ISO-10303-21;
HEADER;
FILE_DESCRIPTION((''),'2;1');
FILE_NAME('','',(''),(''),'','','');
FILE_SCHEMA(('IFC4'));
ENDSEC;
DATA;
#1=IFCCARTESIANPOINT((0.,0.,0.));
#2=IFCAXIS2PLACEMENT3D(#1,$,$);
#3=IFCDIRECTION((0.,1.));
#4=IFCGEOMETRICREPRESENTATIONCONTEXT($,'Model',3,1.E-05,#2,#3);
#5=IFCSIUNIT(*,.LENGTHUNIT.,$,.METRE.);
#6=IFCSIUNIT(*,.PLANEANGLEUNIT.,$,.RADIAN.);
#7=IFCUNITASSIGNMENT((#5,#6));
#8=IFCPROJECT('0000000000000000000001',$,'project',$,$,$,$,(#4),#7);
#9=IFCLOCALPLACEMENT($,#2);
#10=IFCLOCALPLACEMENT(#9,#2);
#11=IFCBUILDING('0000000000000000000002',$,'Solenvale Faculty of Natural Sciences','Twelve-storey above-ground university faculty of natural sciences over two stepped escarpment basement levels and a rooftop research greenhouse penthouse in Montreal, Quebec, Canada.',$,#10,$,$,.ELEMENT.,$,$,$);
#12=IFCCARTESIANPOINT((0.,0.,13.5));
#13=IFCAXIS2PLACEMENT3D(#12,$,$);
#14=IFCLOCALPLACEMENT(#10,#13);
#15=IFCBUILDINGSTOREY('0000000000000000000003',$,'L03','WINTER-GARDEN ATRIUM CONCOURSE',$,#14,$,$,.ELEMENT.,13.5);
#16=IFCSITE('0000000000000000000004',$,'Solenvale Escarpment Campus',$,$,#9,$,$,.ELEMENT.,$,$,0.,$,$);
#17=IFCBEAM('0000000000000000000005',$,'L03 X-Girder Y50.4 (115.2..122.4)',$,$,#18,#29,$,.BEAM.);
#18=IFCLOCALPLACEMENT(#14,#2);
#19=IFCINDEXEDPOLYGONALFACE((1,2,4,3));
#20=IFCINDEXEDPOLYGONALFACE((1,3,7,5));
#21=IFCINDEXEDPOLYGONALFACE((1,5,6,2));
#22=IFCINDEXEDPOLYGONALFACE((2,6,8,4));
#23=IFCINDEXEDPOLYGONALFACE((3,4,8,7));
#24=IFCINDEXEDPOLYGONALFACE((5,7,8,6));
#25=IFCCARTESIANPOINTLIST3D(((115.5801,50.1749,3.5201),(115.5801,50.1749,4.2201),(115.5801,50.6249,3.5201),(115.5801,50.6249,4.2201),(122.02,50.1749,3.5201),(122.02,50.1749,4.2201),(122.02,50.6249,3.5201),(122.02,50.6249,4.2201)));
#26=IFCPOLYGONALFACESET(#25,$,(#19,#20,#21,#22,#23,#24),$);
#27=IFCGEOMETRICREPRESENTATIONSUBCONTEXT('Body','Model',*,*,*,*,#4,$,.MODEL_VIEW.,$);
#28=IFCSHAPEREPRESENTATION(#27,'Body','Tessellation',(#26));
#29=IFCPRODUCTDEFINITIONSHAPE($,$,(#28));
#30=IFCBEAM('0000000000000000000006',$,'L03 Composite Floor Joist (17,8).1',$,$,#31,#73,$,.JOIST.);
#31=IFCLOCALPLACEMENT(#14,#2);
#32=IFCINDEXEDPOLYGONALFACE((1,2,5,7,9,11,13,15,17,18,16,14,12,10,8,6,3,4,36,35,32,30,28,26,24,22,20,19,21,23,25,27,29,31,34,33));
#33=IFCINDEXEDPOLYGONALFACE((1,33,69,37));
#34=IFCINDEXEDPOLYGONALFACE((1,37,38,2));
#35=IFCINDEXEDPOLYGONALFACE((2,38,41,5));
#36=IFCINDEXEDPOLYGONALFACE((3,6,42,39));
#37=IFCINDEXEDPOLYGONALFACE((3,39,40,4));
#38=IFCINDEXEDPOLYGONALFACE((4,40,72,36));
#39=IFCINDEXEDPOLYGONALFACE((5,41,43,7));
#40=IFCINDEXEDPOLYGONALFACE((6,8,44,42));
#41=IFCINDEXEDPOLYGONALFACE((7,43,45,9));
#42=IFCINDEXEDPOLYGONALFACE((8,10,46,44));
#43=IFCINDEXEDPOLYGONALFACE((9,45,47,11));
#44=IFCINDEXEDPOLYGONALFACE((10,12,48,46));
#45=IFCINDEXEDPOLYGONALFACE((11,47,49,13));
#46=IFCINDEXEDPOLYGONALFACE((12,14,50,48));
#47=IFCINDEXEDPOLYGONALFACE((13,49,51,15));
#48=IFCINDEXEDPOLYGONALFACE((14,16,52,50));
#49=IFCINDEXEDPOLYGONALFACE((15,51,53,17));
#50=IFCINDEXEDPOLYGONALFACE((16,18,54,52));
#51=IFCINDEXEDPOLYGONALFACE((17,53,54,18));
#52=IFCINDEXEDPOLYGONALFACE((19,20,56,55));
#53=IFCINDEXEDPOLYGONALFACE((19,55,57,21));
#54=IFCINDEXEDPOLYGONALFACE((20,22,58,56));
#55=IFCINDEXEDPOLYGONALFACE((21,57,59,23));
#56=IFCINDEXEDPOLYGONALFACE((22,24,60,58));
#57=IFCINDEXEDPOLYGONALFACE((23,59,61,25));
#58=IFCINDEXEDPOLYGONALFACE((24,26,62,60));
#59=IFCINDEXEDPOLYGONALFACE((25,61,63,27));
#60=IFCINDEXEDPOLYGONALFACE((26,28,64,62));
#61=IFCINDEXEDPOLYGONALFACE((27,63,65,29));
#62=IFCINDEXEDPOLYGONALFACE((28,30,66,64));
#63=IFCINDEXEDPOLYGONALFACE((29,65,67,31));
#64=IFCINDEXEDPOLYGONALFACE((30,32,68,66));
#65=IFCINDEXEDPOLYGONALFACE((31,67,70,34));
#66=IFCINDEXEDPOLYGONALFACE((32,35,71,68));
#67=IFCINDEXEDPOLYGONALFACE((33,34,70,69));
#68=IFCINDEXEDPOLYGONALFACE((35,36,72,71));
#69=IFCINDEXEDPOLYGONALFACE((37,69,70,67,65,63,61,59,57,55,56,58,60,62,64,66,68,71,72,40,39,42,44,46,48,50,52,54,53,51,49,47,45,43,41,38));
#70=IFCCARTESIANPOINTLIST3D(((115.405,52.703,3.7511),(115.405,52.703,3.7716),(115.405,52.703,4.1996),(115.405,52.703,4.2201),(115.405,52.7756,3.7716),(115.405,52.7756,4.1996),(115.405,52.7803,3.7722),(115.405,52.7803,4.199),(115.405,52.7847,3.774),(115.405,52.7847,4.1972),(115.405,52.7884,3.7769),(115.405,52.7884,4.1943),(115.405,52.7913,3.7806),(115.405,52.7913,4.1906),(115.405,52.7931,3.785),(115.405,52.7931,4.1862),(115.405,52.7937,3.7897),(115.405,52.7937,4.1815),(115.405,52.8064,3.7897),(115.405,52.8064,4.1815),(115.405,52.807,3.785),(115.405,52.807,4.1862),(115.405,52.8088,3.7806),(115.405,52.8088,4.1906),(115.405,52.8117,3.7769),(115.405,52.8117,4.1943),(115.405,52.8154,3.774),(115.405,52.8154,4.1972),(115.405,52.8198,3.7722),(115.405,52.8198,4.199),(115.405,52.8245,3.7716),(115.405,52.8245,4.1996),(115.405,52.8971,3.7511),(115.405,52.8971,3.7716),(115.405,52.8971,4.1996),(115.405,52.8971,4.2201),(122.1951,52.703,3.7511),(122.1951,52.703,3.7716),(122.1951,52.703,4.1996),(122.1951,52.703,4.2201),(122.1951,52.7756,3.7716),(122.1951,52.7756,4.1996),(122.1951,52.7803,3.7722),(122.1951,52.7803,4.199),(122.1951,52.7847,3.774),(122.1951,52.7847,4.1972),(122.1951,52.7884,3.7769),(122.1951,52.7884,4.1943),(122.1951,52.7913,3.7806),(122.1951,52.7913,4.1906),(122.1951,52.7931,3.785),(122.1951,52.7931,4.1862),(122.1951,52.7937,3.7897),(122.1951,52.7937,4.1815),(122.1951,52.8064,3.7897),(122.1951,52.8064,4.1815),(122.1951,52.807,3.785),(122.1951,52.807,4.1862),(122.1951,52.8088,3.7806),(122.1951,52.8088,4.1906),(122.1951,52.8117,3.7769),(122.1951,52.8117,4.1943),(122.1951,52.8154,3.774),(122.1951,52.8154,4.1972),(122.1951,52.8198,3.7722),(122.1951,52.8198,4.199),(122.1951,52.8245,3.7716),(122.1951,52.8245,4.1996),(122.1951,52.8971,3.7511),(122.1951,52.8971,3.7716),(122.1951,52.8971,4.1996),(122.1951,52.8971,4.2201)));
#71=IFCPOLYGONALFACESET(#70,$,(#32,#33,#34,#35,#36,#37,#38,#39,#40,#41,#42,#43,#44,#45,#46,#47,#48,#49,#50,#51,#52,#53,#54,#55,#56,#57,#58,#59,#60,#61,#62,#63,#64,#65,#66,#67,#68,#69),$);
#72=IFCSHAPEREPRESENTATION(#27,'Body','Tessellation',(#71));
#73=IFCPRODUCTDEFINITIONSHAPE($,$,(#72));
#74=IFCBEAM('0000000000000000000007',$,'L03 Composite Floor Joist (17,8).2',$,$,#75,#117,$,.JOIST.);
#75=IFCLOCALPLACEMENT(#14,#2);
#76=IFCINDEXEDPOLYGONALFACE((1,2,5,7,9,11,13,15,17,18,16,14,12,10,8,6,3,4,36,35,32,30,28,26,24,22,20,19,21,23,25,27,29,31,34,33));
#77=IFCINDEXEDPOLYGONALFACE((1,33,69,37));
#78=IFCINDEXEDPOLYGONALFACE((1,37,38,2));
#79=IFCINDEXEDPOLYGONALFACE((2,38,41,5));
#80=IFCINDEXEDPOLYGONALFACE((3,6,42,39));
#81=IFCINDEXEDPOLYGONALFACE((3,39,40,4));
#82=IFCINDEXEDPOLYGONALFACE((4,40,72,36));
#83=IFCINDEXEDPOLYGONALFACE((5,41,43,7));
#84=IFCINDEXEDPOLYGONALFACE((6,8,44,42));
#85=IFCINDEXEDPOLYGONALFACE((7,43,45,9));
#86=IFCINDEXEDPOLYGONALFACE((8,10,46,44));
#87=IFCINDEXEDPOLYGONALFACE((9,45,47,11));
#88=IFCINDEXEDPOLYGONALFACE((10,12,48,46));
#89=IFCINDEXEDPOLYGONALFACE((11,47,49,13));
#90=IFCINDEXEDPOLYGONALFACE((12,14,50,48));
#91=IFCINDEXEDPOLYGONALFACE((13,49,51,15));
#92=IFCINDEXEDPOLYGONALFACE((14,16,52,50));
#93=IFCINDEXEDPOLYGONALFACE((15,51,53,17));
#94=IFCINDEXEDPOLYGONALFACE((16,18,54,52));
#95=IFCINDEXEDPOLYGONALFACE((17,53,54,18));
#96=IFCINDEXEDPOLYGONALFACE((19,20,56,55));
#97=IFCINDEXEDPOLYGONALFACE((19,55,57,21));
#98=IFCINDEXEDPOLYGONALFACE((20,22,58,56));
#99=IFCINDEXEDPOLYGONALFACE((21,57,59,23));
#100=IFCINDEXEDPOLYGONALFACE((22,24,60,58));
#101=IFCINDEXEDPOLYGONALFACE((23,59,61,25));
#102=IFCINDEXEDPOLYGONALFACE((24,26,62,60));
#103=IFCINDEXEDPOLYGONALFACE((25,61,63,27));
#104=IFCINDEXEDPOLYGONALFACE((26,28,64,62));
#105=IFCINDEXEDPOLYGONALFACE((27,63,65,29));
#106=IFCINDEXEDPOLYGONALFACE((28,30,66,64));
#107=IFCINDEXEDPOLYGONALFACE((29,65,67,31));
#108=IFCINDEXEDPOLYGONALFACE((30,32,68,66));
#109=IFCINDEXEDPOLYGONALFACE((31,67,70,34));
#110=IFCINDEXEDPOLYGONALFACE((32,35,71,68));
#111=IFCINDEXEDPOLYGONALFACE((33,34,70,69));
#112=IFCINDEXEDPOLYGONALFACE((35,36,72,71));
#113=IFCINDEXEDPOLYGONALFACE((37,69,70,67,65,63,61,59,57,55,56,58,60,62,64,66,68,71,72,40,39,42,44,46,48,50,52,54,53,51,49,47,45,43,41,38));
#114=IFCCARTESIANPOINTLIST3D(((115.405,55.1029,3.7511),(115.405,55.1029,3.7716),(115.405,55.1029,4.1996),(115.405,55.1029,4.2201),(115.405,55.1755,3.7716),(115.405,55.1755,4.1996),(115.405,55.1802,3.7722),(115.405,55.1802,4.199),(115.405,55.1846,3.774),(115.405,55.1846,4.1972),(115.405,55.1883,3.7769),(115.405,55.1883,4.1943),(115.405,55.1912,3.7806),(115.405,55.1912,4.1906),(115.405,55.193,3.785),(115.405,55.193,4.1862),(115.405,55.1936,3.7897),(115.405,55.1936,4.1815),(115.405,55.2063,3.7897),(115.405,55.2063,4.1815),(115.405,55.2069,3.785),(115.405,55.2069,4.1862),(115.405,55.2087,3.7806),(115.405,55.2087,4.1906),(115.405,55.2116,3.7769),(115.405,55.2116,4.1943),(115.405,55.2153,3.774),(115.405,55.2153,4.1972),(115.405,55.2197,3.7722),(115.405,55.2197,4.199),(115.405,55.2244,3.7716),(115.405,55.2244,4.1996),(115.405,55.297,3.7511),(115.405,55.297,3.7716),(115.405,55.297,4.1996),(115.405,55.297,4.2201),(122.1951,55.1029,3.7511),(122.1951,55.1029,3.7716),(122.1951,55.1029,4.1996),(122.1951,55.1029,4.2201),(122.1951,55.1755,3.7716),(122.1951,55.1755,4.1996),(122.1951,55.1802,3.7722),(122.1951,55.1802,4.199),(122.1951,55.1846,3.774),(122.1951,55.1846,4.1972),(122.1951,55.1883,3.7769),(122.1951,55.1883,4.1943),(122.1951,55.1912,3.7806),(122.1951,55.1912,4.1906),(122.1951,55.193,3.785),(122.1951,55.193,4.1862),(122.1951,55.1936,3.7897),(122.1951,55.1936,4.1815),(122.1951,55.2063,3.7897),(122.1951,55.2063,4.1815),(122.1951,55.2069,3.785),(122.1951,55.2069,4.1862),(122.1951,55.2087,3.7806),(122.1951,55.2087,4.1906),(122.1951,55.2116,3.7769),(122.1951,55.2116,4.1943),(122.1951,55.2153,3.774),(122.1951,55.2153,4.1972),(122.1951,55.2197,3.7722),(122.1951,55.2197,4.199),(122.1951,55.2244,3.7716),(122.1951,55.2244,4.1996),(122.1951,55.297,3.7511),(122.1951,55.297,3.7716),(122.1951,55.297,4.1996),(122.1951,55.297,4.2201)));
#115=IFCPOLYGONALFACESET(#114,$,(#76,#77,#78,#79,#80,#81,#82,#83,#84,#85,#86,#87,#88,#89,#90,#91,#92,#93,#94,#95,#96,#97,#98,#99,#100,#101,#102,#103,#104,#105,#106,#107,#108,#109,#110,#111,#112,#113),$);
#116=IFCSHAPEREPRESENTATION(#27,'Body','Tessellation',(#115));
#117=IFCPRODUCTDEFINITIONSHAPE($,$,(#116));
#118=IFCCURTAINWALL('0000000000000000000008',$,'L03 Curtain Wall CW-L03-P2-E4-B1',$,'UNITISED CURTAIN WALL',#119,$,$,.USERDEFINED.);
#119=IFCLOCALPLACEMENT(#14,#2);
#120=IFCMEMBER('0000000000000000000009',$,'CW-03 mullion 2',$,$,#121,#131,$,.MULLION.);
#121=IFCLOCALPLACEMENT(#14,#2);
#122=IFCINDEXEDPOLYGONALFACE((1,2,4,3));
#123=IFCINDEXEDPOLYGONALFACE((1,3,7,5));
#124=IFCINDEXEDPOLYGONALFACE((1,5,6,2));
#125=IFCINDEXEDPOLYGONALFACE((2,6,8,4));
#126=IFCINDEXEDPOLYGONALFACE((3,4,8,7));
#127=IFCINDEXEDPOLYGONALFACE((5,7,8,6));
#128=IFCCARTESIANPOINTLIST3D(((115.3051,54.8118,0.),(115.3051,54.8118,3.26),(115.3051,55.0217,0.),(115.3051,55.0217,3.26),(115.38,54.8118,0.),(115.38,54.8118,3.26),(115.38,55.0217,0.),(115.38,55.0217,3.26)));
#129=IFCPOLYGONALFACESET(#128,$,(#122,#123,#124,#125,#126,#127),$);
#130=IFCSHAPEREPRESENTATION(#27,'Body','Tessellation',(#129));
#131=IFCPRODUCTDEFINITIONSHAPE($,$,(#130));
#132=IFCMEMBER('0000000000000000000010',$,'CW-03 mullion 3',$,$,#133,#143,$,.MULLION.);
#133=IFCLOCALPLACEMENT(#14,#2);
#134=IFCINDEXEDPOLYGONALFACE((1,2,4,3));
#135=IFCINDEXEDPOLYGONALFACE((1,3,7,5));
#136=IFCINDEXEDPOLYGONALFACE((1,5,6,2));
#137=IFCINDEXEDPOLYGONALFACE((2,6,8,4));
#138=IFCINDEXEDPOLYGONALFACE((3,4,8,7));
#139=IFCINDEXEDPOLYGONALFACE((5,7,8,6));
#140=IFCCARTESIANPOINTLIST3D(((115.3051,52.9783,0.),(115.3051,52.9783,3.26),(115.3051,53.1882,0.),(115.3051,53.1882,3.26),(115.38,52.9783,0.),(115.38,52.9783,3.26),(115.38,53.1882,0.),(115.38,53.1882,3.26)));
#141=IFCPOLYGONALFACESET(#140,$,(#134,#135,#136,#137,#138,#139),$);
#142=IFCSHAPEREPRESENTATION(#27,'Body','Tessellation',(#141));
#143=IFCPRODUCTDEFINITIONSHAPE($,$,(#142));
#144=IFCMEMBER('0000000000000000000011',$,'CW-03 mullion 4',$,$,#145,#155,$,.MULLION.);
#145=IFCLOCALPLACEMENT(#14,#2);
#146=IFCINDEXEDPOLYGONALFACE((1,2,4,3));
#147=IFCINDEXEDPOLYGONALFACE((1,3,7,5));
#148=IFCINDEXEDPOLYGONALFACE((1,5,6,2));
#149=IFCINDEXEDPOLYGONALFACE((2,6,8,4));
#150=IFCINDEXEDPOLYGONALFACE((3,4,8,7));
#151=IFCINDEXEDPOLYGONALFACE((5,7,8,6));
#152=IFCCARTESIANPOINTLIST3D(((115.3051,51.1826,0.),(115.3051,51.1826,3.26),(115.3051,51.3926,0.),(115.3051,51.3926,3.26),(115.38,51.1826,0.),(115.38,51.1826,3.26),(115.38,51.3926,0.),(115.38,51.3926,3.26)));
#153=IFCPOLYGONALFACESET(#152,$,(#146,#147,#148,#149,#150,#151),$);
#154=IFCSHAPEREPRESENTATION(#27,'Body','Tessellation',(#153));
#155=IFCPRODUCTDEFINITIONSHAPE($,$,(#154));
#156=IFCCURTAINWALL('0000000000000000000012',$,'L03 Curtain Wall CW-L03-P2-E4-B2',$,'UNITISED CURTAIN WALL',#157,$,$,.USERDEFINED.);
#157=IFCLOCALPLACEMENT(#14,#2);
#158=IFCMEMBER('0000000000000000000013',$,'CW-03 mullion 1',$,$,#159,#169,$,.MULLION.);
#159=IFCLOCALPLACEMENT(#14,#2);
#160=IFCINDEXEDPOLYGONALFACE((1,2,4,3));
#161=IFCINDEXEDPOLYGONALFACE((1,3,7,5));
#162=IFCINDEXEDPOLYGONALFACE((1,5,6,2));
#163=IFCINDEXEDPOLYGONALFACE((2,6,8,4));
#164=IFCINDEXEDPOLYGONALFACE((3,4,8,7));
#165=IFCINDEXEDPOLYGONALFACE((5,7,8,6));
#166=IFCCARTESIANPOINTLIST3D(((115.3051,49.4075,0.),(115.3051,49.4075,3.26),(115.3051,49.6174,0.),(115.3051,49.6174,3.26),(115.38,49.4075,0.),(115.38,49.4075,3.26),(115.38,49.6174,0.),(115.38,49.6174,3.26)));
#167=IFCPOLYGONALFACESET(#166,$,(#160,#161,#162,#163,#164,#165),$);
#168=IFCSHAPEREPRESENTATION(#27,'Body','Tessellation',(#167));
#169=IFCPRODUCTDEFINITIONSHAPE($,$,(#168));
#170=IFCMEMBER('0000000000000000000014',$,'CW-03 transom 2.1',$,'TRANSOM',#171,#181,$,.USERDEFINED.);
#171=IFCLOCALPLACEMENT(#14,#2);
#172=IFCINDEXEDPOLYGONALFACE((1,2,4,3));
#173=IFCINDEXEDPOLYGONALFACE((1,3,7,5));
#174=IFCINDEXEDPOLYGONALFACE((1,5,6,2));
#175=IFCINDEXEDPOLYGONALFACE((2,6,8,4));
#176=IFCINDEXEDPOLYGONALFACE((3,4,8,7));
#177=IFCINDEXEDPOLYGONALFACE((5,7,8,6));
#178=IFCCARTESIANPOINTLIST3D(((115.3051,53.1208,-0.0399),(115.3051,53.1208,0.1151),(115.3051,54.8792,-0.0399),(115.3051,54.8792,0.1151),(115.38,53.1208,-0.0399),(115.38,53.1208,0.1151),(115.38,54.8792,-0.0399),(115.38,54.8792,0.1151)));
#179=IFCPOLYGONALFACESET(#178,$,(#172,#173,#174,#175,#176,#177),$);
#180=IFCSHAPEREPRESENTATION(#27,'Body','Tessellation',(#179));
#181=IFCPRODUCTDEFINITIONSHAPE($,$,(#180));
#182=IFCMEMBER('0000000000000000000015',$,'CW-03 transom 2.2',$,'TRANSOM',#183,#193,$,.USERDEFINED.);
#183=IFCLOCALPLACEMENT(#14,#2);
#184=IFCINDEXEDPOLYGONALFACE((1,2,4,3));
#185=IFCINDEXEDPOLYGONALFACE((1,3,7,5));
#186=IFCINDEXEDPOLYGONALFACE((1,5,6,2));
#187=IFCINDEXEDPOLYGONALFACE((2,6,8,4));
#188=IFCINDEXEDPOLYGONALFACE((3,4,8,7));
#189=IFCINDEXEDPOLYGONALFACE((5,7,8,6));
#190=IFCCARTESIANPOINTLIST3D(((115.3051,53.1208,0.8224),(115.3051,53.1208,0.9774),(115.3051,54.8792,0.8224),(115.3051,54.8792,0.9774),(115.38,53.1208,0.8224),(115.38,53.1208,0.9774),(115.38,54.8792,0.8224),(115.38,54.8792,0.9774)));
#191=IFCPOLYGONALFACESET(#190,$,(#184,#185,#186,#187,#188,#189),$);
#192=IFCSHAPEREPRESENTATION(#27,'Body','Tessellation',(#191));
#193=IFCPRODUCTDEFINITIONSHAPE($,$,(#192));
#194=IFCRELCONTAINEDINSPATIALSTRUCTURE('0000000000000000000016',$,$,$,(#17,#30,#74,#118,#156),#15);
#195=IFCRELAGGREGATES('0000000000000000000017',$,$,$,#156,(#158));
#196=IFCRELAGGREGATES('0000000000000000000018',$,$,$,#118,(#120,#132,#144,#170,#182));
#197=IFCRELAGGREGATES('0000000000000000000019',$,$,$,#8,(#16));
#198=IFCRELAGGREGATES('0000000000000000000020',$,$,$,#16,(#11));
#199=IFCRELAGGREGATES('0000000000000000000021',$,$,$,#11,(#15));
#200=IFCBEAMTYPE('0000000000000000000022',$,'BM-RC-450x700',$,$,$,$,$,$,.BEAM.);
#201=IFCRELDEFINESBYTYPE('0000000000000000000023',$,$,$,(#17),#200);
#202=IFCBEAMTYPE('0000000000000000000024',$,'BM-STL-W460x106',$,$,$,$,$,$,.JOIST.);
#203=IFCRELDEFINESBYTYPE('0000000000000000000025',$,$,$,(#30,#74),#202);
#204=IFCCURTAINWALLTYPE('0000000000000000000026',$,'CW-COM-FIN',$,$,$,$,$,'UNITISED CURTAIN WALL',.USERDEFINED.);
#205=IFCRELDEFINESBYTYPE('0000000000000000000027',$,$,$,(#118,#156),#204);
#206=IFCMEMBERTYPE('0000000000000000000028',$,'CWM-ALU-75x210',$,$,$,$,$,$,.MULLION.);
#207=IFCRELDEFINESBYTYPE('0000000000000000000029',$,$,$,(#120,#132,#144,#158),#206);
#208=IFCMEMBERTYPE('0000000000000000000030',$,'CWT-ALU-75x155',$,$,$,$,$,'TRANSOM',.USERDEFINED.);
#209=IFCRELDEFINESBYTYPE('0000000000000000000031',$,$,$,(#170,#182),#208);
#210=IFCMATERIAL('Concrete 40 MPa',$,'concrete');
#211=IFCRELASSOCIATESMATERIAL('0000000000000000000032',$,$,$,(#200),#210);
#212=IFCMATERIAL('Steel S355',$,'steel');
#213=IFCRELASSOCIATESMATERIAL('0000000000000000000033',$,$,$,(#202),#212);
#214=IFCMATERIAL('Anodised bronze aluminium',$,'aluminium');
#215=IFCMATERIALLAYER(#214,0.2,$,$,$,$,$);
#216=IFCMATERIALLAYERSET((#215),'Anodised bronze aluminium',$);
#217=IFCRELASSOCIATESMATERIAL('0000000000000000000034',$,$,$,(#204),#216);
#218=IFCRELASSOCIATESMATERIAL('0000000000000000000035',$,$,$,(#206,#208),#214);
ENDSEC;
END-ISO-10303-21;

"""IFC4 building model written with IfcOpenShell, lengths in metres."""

from ifc_helpers import new_model, si_unit, direction, frame, origin, origin_2d, place, context, subcontext, project, spatial, rectangle, i_section, extrude, material, layer, layer_set, material_profile, profile_set, type_object, element, aggregate, save


model = new_model("IFC4")

# Units and contexts
model_context = context("Model", 3, precision=1e-05, world=origin(), true_north=direction((0.0, 1.0)))
body_context = subcontext(model_context, "Body", "Model", "MODEL_VIEW")
ifc_project = project(units=[si_unit("LENGTHUNIT", "METRE"), si_unit("PLANEANGLEUNIT", "RADIAN")], contexts=[model_context])

# Site, building, storey
site_placement = place(None, origin())
site = spatial("IfcSite", under=ifc_project, at=site_placement, Name="Solenvale Escarpment Campus", CompositionType="ELEMENT", RefElevation=0.0)
building_placement = place(site_placement, origin())
building = spatial("IfcBuilding", under=site, at=building_placement, Name="Solenvale Faculty of Natural Sciences", Description="Twelve-storey above-ground university faculty of natural sciences over two stepped escarpment basement levels and a rooftop research greenhouse penthouse in Montreal, Quebec, Canada.", CompositionType="ELEMENT")
storey_placement = place(building_placement, frame((0.0, 0.0, 13.5)))
storey = spatial("IfcBuildingStorey", under=building, at=storey_placement, Name="L03", Description="WINTER-GARDEN ATRIUM CONCOURSE", CompositionType="ELEMENT", Elevation=13.5)

# Beams
ifc_material_1 = material(Name="Concrete 40 MPa", Category="concrete")
ifc_material_profile_1 = material_profile(ifc_material_1, rectangle(XDim=0.45, YDim=0.7, at=origin_2d()), Name="RC-BM-450x700")
ifc_profile_set_1 = profile_set([ifc_material_profile_1], Name="Concrete 40 MPa")
beam_type_1 = type_object("IfcBeamType", Name="BM-RC-450x700", PredefinedType="BEAM", material=ifc_profile_set_1)
beam_placement = place(storey_placement, frame((115.5801, 50.3999, 3.8701), z_axis=(1.0, 0.0, 0.0), x_axis=(0.0, 1.0, 0.0)))
element("IfcBeam", 1, at=beam_placement, inside=storey, type_object=beam_type_1, Name="L03 X-Girder Y50.4 (115.2..122.4)", PredefinedType="BEAM", context=body_context, shape_type="SweptSolid", body=[
    extrude(rectangle(XDim=0.45, YDim=0.7, at=origin_2d()), origin(), (0.0, 0.0, 1.0), 6.4399),
])
ifc_material_2 = material(Name="Steel S355", Category="steel")
ifc_material_profile_2 = material_profile(ifc_material_2, i_section(OverallWidth=0.1941, OverallDepth=0.469, WebThickness=0.0127, FlangeThickness=0.0205, FilletRadius=0.0181, at=origin_2d()), Name="W460x106")
ifc_profile_set_2 = profile_set([ifc_material_profile_2], Name="Steel S355")
beam_type_2 = type_object("IfcBeamType", Name="BM-STL-W460x106", PredefinedType="JOIST", material=ifc_profile_set_2)
for number, where, z_axis, x_axis, name in (
    (2, (115.405, 52.8, 3.9856), (1.0, 0.0, 0.0), (0.0, 1.0, 0.0), "L03 Composite Floor Joist (17,8).1"),
    (3, (115.405, 55.2, 3.9856), (1.0, 0.0, 0.0), (0.0, 1.0, 0.0), "L03 Composite Floor Joist (17,8).2"),
):
    element("IfcBeam", number, at=place(storey_placement, frame(where, z_axis=z_axis, x_axis=x_axis)), inside=storey, type_object=beam_type_2, Name=name, PredefinedType="JOIST", context=body_context, shape_type="SweptSolid", body=[
        extrude(i_section(OverallWidth=0.1941, OverallDepth=0.469, WebThickness=0.0127, FlangeThickness=0.0205, FilletRadius=0.0181, at=origin_2d()), origin(), (0.0, 0.0, 1.0), 6.79),
    ])

# Curtain wall, members
ifc_material_3 = material(Name="Anodised bronze aluminium", Category="aluminium")
ifc_layer_1 = layer(ifc_material_3, 0.2)
ifc_layer_set_1 = layer_set([ifc_layer_1], Name="Anodised bronze aluminium")
curtain_wall_type = type_object("IfcCurtainWallType", Name="CW-COM-FIN", ElementType="UNITISED CURTAIN WALL", PredefinedType="USERDEFINED", material=ifc_layer_set_1)
curtain_wall_1_placement = place(storey_placement, origin())
curtain_wall_1 = element("IfcCurtainWall", 4, at=curtain_wall_1_placement, inside=storey, type_object=curtain_wall_type, Name="L03 Curtain Wall CW-L03-P2-E4-B1", ObjectType="UNITISED CURTAIN WALL", PredefinedType="USERDEFINED")
ifc_material_profile_3 = material_profile(ifc_material_3, rectangle(XDim=0.075, YDim=0.21, at=origin_2d()), Name="ALU-MUL-75x210")
ifc_profile_set_3 = profile_set([ifc_material_profile_3], Name="Anodised bronze aluminium")
member_type_1 = type_object("IfcMemberType", Name="CWM-ALU-75x210", PredefinedType="MULLION", material=ifc_profile_set_3)
member_1_placement = place(storey_placement, frame((115.3425, 54.9167, 0.0), z_axis=(0.0, 0.0, 1.0), x_axis=(1.0, 0.0, 0.0)))
member_1 = element("IfcMember", 5, at=member_1_placement, type_object=member_type_1, Name="CW-03 mullion 2", PredefinedType="MULLION", context=body_context, shape_type="SweptSolid", body=[
    extrude(rectangle(XDim=0.075, YDim=0.21, at=origin_2d()), origin(), (0.0, 0.0, 1.0), 3.26),
])
member_2_placement = place(storey_placement, frame((115.3425, 53.0833, 0.0), z_axis=(0.0, 0.0, 1.0), x_axis=(1.0, 0.0, 0.0)))
member_2 = element("IfcMember", 6, at=member_2_placement, type_object=member_type_1, Name="CW-03 mullion 3", PredefinedType="MULLION", context=body_context, shape_type="SweptSolid", body=[
    extrude(rectangle(XDim=0.075, YDim=0.21, at=origin_2d()), origin(), (0.0, 0.0, 1.0), 3.26),
])
member_3_placement = place(storey_placement, frame((115.3425, 51.2876, 0.0), z_axis=(0.0, 0.0, 1.0), x_axis=(1.0, 0.0, 0.0)))
member_3 = element("IfcMember", 7, at=member_3_placement, type_object=member_type_1, Name="CW-03 mullion 4", PredefinedType="MULLION", context=body_context, shape_type="SweptSolid", body=[
    extrude(rectangle(XDim=0.075, YDim=0.21, at=origin_2d()), origin(), (0.0, 0.0, 1.0), 3.26),
])

# Curtain wall, member
curtain_wall_2_placement = place(storey_placement, origin())
curtain_wall_2 = element("IfcCurtainWall", 8, at=curtain_wall_2_placement, inside=storey, type_object=curtain_wall_type, Name="L03 Curtain Wall CW-L03-P2-E4-B2", ObjectType="UNITISED CURTAIN WALL", PredefinedType="USERDEFINED")
member_4_placement = place(storey_placement, frame((115.3425, 49.5125, 0.0), z_axis=(0.0, 0.0, 1.0), x_axis=(1.0, 0.0, 0.0)))
member_4 = element("IfcMember", 9, at=member_4_placement, type_object=member_type_1, Name="CW-03 mullion 1", PredefinedType="MULLION", context=body_context, shape_type="SweptSolid", body=[
    extrude(rectangle(XDim=0.075, YDim=0.21, at=origin_2d()), origin(), (0.0, 0.0, 1.0), 3.26),
])
aggregate(curtain_wall_2, [member_4])

# Members
ifc_material_profile_4 = material_profile(ifc_material_3, rectangle(XDim=0.075, YDim=0.155, at=origin_2d()), Name="ALU-TRN-75x155")
ifc_profile_set_4 = profile_set([ifc_material_profile_4], Name="Anodised bronze aluminium")
member_type_2 = type_object("IfcMemberType", Name="CWT-ALU-75x155", ElementType="TRANSOM", PredefinedType="USERDEFINED", material=ifc_profile_set_4)
member_5_placement = place(storey_placement, frame((115.3425, 54.8792, 0.0376), z_axis=(0.0, -1.0, 0.0), x_axis=(1.0, 0.0, 0.0)))
member_5 = element("IfcMember", 10, at=member_5_placement, type_object=member_type_2, Name="CW-03 transom 2.1", ObjectType="TRANSOM", PredefinedType="USERDEFINED", context=body_context, shape_type="SweptSolid", body=[
    extrude(rectangle(XDim=0.075, YDim=0.155, at=origin_2d()), origin(), (0.0, 0.0, 1.0), 1.7583),
])
member_6_placement = place(storey_placement, frame((115.3425, 54.8792, 0.8999), z_axis=(0.0, -1.0, 0.0), x_axis=(1.0, 0.0, 0.0)))
member_6 = element("IfcMember", 11, at=member_6_placement, type_object=member_type_2, Name="CW-03 transom 2.2", ObjectType="TRANSOM", PredefinedType="USERDEFINED", context=body_context, shape_type="SweptSolid", body=[
    extrude(rectangle(XDim=0.075, YDim=0.155, at=origin_2d()), origin(), (0.0, 0.0, 1.0), 1.7583),
])

aggregate(curtain_wall_1, [member_1, member_2, member_3, member_5, member_6])

save(model, "model.ifc")
